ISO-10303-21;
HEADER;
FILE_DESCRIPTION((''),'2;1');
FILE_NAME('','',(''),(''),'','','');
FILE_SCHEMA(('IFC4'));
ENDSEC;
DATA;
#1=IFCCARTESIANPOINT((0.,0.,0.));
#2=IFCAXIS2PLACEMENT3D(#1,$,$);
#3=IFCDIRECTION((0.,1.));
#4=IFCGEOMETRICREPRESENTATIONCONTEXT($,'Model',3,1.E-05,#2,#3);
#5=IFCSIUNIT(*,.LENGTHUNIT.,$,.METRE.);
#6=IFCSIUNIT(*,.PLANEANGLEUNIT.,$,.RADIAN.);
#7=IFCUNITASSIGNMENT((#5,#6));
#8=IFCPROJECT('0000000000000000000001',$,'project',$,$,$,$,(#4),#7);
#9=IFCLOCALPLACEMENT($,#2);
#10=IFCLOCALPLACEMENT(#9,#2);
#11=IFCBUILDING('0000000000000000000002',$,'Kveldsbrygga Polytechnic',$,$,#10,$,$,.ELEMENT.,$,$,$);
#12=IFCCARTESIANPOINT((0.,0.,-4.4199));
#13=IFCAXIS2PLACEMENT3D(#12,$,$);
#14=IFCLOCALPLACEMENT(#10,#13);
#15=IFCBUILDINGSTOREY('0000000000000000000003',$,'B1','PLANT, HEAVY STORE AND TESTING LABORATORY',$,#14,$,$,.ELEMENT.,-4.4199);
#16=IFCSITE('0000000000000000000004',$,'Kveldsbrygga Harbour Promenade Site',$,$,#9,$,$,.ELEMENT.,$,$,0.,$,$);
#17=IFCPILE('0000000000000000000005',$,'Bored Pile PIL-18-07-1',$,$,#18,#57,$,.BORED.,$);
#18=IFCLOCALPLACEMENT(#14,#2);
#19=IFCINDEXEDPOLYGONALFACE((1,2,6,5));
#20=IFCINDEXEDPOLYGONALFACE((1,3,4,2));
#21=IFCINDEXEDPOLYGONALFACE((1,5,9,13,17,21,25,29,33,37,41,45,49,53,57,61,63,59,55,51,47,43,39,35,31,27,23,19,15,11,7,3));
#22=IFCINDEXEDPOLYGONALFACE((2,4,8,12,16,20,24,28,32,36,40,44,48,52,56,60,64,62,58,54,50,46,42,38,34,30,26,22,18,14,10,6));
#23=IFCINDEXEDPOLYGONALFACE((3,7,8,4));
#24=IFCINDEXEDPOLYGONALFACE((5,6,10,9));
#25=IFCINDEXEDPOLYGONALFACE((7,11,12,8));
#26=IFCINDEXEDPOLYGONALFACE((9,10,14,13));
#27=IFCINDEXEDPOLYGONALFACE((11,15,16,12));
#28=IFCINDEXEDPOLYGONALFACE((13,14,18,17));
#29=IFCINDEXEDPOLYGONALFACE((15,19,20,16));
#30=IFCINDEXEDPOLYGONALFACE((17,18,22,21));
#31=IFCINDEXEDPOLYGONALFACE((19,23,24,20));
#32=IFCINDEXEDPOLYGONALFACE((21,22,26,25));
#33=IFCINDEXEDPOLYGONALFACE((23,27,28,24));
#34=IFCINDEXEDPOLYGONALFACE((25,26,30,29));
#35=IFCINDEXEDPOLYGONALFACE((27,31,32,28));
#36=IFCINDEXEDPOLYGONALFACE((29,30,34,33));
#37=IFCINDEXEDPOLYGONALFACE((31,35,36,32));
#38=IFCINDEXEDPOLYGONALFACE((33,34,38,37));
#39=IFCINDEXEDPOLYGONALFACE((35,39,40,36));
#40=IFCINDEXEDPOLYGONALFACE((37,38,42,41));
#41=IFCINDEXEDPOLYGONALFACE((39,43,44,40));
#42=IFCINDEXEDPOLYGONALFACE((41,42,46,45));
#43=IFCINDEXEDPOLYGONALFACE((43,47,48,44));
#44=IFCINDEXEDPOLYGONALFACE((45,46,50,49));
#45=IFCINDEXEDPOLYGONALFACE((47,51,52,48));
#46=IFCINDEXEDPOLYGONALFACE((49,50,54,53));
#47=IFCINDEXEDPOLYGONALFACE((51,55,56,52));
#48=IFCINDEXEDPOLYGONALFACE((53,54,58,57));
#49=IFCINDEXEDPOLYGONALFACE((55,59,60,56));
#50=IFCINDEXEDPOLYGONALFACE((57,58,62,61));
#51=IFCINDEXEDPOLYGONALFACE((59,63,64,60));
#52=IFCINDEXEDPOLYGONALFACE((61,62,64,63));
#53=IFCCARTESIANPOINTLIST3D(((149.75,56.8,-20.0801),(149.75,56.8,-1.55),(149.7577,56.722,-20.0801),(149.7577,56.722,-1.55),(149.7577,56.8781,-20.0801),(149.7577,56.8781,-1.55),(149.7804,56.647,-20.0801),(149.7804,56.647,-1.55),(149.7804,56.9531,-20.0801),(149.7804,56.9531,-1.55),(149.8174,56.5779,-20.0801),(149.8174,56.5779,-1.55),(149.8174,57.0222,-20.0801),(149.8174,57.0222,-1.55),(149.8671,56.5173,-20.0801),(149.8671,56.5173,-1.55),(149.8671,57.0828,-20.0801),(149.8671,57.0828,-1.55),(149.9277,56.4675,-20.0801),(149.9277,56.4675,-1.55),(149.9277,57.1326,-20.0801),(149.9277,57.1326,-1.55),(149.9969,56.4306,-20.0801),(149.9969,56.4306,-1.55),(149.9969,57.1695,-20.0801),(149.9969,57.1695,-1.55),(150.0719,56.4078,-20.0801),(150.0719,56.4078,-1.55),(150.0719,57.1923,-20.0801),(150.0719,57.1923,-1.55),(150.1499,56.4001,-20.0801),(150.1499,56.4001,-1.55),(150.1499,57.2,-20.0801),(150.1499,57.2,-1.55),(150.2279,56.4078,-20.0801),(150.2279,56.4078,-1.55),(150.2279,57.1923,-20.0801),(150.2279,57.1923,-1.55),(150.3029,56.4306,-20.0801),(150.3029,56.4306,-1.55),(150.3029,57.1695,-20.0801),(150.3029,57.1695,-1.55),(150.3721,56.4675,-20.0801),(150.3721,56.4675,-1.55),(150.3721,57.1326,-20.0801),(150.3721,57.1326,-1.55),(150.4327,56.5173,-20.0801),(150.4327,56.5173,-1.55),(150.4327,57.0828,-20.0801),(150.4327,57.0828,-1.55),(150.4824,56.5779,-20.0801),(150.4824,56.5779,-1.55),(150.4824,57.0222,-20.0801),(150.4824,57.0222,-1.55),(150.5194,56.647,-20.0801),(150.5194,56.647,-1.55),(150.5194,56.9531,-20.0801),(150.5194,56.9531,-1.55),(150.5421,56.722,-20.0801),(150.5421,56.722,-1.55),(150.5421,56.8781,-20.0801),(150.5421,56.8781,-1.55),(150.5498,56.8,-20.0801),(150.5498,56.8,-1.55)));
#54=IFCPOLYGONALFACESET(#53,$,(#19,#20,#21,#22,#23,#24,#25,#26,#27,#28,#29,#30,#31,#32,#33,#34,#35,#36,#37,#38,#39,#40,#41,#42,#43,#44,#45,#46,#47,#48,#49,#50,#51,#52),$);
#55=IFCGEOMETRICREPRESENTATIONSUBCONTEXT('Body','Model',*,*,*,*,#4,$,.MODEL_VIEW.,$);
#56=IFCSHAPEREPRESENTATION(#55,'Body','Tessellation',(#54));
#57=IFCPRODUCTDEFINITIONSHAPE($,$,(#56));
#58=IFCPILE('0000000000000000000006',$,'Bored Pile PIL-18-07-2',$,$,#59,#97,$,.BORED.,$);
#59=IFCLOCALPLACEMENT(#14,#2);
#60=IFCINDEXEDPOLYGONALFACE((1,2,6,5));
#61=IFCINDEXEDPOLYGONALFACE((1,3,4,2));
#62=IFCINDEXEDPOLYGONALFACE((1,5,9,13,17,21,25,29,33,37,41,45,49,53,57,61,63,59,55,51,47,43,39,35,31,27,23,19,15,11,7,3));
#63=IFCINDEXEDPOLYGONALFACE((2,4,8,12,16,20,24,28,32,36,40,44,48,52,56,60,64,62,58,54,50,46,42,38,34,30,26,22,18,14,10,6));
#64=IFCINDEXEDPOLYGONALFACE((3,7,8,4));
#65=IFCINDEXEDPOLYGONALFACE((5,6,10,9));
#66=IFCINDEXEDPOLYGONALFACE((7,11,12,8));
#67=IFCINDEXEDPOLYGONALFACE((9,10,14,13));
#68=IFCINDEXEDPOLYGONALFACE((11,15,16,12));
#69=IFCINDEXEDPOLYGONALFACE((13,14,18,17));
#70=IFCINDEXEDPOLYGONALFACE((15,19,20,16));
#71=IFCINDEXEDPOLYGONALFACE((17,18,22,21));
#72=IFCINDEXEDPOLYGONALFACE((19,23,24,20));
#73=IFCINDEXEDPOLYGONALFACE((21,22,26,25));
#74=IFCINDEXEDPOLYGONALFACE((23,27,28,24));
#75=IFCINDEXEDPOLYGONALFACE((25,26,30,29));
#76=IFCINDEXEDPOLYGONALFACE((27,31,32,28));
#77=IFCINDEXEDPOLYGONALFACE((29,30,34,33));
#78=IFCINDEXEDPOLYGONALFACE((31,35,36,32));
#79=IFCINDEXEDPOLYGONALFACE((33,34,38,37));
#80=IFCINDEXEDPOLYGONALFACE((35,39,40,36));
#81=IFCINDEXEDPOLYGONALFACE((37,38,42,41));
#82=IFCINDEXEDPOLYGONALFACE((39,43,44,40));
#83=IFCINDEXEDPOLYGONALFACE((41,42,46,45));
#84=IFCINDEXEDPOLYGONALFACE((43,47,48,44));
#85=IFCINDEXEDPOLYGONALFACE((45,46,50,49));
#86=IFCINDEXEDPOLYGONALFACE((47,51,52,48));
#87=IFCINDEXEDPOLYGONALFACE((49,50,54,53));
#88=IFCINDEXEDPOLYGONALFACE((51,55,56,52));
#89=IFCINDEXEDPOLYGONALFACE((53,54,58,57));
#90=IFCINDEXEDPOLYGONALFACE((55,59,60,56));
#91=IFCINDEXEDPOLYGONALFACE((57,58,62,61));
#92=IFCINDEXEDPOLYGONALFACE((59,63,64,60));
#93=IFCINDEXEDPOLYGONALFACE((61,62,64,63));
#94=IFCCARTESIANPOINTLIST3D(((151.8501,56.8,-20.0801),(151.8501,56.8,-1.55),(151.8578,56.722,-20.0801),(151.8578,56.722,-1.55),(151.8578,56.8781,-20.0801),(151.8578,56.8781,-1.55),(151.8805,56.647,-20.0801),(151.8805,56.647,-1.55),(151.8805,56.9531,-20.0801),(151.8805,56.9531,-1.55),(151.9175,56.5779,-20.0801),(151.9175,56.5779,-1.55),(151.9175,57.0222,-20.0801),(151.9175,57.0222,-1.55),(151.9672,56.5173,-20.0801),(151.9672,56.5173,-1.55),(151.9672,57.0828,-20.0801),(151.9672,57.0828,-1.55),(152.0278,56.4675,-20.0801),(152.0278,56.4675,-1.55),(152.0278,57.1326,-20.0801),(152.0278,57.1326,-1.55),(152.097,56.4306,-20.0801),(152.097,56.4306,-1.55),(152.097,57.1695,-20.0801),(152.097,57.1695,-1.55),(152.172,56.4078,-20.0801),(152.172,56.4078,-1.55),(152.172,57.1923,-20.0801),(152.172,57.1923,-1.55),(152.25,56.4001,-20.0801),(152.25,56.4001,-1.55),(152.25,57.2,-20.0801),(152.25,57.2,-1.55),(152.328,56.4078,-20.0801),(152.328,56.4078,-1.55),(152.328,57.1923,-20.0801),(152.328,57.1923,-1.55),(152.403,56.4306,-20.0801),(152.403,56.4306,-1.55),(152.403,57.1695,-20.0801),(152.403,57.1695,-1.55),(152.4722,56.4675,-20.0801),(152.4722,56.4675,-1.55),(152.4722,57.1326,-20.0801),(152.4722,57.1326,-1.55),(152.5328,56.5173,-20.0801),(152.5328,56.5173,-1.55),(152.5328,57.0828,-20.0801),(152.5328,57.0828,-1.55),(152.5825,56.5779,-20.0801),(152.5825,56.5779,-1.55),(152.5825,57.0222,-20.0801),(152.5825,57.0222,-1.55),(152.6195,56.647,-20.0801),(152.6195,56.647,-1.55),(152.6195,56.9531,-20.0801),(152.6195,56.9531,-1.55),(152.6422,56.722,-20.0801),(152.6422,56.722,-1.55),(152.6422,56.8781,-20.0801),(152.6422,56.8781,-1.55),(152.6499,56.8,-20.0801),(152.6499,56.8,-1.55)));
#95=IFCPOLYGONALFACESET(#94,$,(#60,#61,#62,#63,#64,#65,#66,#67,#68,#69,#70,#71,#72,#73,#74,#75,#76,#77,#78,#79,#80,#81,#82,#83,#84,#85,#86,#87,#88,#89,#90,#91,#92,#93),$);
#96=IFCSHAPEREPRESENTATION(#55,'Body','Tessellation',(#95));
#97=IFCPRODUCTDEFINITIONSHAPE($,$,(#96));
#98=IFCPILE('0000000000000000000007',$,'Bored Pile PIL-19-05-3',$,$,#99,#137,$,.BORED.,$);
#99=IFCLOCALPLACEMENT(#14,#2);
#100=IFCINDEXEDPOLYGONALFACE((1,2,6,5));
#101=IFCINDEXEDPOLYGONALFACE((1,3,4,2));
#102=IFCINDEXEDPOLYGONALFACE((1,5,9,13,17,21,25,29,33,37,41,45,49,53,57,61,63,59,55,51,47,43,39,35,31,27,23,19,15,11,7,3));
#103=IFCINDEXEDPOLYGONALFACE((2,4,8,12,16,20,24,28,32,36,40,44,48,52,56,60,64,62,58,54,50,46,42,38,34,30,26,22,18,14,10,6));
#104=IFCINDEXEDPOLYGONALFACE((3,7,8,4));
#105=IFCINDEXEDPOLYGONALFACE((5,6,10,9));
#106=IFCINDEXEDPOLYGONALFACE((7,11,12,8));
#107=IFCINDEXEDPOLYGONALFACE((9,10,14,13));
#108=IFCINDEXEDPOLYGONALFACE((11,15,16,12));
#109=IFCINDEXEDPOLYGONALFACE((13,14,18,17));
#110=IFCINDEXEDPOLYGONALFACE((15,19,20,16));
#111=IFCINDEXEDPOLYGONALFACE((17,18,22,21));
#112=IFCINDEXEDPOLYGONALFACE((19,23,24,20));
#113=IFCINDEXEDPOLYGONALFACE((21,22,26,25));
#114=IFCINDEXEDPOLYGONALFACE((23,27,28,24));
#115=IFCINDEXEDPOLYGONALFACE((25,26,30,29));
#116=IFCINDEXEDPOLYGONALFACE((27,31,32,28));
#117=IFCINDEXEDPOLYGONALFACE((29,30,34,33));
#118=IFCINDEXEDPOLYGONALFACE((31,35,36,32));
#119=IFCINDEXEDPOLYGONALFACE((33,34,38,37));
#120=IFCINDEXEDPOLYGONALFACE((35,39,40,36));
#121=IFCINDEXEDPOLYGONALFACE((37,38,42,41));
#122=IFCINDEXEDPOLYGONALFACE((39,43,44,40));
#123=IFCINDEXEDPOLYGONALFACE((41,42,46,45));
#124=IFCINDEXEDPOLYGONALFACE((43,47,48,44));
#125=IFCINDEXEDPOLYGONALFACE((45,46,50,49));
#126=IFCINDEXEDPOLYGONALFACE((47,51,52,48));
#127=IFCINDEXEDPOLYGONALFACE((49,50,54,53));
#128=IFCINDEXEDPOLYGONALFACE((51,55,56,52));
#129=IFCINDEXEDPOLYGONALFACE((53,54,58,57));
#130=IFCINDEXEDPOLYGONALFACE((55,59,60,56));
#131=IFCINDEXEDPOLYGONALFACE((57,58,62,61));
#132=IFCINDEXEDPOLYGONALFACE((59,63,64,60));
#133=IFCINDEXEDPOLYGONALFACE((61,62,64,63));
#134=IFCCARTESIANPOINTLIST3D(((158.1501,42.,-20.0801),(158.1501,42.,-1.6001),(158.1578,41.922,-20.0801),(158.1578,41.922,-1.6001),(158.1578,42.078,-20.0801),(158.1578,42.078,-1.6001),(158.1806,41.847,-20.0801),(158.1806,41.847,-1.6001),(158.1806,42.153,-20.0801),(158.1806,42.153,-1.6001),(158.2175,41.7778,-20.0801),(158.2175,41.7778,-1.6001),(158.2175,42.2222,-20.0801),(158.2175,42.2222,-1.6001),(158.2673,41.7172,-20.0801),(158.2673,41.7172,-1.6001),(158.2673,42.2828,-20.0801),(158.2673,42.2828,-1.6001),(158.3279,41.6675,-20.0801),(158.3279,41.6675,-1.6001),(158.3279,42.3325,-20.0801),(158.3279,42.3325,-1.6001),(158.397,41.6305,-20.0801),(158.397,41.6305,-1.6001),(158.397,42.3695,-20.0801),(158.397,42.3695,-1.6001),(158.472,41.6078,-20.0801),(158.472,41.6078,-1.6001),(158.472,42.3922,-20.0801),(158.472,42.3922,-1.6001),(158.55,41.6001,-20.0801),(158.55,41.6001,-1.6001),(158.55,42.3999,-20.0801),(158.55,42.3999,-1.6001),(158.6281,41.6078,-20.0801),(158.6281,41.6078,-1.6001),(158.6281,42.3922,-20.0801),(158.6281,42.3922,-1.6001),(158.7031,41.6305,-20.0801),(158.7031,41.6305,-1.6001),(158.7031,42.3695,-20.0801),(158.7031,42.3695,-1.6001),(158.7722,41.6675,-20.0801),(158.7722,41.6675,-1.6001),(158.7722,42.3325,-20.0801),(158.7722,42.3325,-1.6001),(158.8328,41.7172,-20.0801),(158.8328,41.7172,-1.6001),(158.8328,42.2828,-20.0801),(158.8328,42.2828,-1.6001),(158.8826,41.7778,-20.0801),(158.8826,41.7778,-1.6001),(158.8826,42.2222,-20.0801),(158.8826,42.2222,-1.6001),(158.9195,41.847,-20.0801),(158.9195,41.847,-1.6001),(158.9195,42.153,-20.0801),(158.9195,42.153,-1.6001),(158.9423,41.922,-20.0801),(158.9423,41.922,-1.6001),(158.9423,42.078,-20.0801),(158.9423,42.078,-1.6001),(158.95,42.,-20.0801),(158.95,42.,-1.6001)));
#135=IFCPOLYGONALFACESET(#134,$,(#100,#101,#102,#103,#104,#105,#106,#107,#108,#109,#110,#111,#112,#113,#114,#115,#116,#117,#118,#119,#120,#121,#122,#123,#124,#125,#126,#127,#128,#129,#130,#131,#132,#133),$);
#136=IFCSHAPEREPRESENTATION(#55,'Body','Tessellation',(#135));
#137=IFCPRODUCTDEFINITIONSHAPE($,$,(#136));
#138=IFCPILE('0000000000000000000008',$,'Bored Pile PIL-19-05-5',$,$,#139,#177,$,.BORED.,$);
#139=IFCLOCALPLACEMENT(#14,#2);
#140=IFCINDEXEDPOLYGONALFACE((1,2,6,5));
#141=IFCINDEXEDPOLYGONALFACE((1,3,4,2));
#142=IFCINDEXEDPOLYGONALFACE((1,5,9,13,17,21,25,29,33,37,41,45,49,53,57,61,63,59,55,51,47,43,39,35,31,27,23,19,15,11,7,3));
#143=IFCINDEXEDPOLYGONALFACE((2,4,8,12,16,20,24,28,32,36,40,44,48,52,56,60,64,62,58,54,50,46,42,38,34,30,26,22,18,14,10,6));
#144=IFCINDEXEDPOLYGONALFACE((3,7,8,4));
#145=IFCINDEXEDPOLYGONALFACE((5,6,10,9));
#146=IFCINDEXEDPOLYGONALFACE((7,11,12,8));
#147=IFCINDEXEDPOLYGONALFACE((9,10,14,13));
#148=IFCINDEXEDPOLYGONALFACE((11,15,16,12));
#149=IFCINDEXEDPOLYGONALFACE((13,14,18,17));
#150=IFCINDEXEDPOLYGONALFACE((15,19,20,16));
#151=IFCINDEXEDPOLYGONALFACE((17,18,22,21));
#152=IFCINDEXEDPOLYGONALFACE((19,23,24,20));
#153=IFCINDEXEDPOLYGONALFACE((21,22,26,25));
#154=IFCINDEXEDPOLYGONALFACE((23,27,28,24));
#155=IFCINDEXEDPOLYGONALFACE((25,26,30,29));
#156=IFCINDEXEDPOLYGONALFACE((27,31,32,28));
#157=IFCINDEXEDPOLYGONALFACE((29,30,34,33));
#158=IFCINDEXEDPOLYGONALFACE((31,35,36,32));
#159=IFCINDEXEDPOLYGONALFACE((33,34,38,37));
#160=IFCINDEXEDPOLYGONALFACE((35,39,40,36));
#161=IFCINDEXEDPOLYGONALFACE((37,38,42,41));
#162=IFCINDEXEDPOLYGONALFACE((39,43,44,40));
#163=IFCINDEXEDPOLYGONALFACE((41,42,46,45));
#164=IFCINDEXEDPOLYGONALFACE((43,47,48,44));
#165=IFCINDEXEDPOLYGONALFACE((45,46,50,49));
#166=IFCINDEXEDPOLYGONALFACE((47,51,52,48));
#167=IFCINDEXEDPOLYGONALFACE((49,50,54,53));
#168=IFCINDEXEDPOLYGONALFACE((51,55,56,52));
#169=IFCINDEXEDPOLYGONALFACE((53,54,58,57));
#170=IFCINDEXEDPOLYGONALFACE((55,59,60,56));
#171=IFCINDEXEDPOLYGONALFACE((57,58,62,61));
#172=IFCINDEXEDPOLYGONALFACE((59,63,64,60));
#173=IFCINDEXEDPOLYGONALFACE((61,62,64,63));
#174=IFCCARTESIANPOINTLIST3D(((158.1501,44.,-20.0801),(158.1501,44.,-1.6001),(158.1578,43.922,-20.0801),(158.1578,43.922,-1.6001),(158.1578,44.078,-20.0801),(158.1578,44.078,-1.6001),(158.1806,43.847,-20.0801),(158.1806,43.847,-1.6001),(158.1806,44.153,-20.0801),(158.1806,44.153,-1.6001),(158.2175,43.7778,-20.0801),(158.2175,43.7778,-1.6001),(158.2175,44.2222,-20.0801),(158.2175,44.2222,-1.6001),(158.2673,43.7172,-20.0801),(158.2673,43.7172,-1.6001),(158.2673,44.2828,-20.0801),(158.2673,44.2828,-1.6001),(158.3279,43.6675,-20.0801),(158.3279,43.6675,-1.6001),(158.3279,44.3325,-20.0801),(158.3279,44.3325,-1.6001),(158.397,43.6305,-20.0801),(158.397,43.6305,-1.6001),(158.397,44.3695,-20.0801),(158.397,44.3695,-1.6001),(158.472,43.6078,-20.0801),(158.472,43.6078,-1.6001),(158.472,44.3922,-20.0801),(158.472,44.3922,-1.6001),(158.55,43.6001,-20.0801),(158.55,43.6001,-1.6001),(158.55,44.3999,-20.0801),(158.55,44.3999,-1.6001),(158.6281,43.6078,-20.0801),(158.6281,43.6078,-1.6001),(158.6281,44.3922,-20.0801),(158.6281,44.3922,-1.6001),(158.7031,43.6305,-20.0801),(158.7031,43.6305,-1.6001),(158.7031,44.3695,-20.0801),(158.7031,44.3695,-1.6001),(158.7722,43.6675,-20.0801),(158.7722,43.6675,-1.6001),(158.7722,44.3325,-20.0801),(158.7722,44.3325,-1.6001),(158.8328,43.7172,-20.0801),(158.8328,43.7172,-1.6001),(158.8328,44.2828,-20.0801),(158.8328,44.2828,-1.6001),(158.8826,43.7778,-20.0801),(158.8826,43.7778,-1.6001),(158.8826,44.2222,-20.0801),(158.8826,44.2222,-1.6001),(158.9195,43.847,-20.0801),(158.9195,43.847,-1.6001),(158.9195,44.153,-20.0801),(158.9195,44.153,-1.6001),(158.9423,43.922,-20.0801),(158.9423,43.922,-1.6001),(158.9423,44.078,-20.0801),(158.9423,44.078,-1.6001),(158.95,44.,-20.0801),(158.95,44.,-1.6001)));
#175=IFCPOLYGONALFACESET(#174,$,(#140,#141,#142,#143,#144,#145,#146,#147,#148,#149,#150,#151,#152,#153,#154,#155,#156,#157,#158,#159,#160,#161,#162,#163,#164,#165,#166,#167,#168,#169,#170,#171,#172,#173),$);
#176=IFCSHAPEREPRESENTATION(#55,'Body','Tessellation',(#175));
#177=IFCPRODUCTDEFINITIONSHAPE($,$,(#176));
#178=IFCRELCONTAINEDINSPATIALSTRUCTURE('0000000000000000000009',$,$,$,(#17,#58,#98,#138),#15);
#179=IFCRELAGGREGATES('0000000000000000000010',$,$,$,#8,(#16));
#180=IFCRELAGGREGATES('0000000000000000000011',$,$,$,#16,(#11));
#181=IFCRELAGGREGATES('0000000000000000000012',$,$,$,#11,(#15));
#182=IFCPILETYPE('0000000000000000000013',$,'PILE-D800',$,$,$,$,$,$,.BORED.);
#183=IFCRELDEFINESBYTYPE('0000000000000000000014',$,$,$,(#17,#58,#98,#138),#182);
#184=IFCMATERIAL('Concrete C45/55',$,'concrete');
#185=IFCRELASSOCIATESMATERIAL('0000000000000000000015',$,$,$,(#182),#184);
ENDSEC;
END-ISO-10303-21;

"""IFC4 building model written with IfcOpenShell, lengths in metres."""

from ifc_helpers import new_model, si_unit, direction, frame, origin, origin_2d, place, context, subcontext, project, spatial, circle, extrude, material, material_profile, profile_set, type_object, element, save


model = new_model("IFC4")

# Units and contexts
model_context = context("Model", 3, precision=1e-05, world=origin(), true_north=direction((0.0, 1.0)))
body_context = subcontext(model_context, "Body", "Model", "MODEL_VIEW")
ifc_project = project(units=[si_unit("LENGTHUNIT", "METRE"), si_unit("PLANEANGLEUNIT", "RADIAN")], contexts=[model_context])

# Site, building, storey
site_placement = place(None, origin())
site = spatial("IfcSite", under=ifc_project, at=site_placement, Name="Kveldsbrygga Harbour Promenade Site", CompositionType="ELEMENT", RefElevation=0.0)
building_placement = place(site_placement, origin())
building = spatial("IfcBuilding", under=site, at=building_placement, Name="Kveldsbrygga Polytechnic", CompositionType="ELEMENT")
storey_placement = place(building_placement, frame((0.0, 0.0, -4.4199)))
storey = spatial("IfcBuildingStorey", under=building, at=storey_placement, Name="B1", Description="PLANT, HEAVY STORE AND TESTING LABORATORY", CompositionType="ELEMENT", Elevation=-4.4199)

# Shared definitions
ifc_material_1 = material(Name="Concrete C45/55", Category="concrete")

# Piles
ifc_material_profile_1 = material_profile(ifc_material_1, circle(Radius=0.3999, at=origin_2d()), Name="PILE D800")
ifc_profile_set_1 = profile_set([ifc_material_profile_1], Name="Concrete C45/55")
pile_type = type_object("IfcPileType", Name="PILE-D800", PredefinedType="BORED", material=ifc_profile_set_1)
for number, where, z_axis, x_axis, name in (
    (1, (150.1499, 56.8, -1.55), (0.0, 0.0, -1.0), (1.0, 0.0, 0.0), "Bored Pile PIL-18-07-1"),
    (2, (152.25, 56.8, -1.55), (0.0, 0.0, -1.0), (1.0, 0.0, 0.0), "Bored Pile PIL-18-07-2"),
):
    element("IfcPile", number, at=place(storey_placement, frame(where, z_axis=z_axis, x_axis=x_axis)), inside=storey, type_object=pile_type, Name=name, PredefinedType="BORED", context=body_context, shape_type="SweptSolid", body=[
        extrude(circle(Radius=0.3999, at=origin_2d()), origin(), (0.0, 0.0, 1.0), 18.53),
    ])
for number, where, z_axis, x_axis, name in (
    (3, (158.55, 42.0, -1.6001), (0.0, 0.0, -1.0), (1.0, 0.0, 0.0), "Bored Pile PIL-19-05-3"),
    (4, (158.55, 44.0, -1.6001), (0.0, 0.0, -1.0), (1.0, 0.0, 0.0), "Bored Pile PIL-19-05-5"),
):
    element("IfcPile", number, at=place(storey_placement, frame(where, z_axis=z_axis, x_axis=x_axis)), inside=storey, type_object=pile_type, Name=name, PredefinedType="BORED", context=body_context, shape_type="SweptSolid", body=[
        extrude(circle(Radius=0.3999, at=origin_2d()), origin(), (0.0, 0.0, 1.0), 18.48),
    ])

save(model, "model.ifc")
